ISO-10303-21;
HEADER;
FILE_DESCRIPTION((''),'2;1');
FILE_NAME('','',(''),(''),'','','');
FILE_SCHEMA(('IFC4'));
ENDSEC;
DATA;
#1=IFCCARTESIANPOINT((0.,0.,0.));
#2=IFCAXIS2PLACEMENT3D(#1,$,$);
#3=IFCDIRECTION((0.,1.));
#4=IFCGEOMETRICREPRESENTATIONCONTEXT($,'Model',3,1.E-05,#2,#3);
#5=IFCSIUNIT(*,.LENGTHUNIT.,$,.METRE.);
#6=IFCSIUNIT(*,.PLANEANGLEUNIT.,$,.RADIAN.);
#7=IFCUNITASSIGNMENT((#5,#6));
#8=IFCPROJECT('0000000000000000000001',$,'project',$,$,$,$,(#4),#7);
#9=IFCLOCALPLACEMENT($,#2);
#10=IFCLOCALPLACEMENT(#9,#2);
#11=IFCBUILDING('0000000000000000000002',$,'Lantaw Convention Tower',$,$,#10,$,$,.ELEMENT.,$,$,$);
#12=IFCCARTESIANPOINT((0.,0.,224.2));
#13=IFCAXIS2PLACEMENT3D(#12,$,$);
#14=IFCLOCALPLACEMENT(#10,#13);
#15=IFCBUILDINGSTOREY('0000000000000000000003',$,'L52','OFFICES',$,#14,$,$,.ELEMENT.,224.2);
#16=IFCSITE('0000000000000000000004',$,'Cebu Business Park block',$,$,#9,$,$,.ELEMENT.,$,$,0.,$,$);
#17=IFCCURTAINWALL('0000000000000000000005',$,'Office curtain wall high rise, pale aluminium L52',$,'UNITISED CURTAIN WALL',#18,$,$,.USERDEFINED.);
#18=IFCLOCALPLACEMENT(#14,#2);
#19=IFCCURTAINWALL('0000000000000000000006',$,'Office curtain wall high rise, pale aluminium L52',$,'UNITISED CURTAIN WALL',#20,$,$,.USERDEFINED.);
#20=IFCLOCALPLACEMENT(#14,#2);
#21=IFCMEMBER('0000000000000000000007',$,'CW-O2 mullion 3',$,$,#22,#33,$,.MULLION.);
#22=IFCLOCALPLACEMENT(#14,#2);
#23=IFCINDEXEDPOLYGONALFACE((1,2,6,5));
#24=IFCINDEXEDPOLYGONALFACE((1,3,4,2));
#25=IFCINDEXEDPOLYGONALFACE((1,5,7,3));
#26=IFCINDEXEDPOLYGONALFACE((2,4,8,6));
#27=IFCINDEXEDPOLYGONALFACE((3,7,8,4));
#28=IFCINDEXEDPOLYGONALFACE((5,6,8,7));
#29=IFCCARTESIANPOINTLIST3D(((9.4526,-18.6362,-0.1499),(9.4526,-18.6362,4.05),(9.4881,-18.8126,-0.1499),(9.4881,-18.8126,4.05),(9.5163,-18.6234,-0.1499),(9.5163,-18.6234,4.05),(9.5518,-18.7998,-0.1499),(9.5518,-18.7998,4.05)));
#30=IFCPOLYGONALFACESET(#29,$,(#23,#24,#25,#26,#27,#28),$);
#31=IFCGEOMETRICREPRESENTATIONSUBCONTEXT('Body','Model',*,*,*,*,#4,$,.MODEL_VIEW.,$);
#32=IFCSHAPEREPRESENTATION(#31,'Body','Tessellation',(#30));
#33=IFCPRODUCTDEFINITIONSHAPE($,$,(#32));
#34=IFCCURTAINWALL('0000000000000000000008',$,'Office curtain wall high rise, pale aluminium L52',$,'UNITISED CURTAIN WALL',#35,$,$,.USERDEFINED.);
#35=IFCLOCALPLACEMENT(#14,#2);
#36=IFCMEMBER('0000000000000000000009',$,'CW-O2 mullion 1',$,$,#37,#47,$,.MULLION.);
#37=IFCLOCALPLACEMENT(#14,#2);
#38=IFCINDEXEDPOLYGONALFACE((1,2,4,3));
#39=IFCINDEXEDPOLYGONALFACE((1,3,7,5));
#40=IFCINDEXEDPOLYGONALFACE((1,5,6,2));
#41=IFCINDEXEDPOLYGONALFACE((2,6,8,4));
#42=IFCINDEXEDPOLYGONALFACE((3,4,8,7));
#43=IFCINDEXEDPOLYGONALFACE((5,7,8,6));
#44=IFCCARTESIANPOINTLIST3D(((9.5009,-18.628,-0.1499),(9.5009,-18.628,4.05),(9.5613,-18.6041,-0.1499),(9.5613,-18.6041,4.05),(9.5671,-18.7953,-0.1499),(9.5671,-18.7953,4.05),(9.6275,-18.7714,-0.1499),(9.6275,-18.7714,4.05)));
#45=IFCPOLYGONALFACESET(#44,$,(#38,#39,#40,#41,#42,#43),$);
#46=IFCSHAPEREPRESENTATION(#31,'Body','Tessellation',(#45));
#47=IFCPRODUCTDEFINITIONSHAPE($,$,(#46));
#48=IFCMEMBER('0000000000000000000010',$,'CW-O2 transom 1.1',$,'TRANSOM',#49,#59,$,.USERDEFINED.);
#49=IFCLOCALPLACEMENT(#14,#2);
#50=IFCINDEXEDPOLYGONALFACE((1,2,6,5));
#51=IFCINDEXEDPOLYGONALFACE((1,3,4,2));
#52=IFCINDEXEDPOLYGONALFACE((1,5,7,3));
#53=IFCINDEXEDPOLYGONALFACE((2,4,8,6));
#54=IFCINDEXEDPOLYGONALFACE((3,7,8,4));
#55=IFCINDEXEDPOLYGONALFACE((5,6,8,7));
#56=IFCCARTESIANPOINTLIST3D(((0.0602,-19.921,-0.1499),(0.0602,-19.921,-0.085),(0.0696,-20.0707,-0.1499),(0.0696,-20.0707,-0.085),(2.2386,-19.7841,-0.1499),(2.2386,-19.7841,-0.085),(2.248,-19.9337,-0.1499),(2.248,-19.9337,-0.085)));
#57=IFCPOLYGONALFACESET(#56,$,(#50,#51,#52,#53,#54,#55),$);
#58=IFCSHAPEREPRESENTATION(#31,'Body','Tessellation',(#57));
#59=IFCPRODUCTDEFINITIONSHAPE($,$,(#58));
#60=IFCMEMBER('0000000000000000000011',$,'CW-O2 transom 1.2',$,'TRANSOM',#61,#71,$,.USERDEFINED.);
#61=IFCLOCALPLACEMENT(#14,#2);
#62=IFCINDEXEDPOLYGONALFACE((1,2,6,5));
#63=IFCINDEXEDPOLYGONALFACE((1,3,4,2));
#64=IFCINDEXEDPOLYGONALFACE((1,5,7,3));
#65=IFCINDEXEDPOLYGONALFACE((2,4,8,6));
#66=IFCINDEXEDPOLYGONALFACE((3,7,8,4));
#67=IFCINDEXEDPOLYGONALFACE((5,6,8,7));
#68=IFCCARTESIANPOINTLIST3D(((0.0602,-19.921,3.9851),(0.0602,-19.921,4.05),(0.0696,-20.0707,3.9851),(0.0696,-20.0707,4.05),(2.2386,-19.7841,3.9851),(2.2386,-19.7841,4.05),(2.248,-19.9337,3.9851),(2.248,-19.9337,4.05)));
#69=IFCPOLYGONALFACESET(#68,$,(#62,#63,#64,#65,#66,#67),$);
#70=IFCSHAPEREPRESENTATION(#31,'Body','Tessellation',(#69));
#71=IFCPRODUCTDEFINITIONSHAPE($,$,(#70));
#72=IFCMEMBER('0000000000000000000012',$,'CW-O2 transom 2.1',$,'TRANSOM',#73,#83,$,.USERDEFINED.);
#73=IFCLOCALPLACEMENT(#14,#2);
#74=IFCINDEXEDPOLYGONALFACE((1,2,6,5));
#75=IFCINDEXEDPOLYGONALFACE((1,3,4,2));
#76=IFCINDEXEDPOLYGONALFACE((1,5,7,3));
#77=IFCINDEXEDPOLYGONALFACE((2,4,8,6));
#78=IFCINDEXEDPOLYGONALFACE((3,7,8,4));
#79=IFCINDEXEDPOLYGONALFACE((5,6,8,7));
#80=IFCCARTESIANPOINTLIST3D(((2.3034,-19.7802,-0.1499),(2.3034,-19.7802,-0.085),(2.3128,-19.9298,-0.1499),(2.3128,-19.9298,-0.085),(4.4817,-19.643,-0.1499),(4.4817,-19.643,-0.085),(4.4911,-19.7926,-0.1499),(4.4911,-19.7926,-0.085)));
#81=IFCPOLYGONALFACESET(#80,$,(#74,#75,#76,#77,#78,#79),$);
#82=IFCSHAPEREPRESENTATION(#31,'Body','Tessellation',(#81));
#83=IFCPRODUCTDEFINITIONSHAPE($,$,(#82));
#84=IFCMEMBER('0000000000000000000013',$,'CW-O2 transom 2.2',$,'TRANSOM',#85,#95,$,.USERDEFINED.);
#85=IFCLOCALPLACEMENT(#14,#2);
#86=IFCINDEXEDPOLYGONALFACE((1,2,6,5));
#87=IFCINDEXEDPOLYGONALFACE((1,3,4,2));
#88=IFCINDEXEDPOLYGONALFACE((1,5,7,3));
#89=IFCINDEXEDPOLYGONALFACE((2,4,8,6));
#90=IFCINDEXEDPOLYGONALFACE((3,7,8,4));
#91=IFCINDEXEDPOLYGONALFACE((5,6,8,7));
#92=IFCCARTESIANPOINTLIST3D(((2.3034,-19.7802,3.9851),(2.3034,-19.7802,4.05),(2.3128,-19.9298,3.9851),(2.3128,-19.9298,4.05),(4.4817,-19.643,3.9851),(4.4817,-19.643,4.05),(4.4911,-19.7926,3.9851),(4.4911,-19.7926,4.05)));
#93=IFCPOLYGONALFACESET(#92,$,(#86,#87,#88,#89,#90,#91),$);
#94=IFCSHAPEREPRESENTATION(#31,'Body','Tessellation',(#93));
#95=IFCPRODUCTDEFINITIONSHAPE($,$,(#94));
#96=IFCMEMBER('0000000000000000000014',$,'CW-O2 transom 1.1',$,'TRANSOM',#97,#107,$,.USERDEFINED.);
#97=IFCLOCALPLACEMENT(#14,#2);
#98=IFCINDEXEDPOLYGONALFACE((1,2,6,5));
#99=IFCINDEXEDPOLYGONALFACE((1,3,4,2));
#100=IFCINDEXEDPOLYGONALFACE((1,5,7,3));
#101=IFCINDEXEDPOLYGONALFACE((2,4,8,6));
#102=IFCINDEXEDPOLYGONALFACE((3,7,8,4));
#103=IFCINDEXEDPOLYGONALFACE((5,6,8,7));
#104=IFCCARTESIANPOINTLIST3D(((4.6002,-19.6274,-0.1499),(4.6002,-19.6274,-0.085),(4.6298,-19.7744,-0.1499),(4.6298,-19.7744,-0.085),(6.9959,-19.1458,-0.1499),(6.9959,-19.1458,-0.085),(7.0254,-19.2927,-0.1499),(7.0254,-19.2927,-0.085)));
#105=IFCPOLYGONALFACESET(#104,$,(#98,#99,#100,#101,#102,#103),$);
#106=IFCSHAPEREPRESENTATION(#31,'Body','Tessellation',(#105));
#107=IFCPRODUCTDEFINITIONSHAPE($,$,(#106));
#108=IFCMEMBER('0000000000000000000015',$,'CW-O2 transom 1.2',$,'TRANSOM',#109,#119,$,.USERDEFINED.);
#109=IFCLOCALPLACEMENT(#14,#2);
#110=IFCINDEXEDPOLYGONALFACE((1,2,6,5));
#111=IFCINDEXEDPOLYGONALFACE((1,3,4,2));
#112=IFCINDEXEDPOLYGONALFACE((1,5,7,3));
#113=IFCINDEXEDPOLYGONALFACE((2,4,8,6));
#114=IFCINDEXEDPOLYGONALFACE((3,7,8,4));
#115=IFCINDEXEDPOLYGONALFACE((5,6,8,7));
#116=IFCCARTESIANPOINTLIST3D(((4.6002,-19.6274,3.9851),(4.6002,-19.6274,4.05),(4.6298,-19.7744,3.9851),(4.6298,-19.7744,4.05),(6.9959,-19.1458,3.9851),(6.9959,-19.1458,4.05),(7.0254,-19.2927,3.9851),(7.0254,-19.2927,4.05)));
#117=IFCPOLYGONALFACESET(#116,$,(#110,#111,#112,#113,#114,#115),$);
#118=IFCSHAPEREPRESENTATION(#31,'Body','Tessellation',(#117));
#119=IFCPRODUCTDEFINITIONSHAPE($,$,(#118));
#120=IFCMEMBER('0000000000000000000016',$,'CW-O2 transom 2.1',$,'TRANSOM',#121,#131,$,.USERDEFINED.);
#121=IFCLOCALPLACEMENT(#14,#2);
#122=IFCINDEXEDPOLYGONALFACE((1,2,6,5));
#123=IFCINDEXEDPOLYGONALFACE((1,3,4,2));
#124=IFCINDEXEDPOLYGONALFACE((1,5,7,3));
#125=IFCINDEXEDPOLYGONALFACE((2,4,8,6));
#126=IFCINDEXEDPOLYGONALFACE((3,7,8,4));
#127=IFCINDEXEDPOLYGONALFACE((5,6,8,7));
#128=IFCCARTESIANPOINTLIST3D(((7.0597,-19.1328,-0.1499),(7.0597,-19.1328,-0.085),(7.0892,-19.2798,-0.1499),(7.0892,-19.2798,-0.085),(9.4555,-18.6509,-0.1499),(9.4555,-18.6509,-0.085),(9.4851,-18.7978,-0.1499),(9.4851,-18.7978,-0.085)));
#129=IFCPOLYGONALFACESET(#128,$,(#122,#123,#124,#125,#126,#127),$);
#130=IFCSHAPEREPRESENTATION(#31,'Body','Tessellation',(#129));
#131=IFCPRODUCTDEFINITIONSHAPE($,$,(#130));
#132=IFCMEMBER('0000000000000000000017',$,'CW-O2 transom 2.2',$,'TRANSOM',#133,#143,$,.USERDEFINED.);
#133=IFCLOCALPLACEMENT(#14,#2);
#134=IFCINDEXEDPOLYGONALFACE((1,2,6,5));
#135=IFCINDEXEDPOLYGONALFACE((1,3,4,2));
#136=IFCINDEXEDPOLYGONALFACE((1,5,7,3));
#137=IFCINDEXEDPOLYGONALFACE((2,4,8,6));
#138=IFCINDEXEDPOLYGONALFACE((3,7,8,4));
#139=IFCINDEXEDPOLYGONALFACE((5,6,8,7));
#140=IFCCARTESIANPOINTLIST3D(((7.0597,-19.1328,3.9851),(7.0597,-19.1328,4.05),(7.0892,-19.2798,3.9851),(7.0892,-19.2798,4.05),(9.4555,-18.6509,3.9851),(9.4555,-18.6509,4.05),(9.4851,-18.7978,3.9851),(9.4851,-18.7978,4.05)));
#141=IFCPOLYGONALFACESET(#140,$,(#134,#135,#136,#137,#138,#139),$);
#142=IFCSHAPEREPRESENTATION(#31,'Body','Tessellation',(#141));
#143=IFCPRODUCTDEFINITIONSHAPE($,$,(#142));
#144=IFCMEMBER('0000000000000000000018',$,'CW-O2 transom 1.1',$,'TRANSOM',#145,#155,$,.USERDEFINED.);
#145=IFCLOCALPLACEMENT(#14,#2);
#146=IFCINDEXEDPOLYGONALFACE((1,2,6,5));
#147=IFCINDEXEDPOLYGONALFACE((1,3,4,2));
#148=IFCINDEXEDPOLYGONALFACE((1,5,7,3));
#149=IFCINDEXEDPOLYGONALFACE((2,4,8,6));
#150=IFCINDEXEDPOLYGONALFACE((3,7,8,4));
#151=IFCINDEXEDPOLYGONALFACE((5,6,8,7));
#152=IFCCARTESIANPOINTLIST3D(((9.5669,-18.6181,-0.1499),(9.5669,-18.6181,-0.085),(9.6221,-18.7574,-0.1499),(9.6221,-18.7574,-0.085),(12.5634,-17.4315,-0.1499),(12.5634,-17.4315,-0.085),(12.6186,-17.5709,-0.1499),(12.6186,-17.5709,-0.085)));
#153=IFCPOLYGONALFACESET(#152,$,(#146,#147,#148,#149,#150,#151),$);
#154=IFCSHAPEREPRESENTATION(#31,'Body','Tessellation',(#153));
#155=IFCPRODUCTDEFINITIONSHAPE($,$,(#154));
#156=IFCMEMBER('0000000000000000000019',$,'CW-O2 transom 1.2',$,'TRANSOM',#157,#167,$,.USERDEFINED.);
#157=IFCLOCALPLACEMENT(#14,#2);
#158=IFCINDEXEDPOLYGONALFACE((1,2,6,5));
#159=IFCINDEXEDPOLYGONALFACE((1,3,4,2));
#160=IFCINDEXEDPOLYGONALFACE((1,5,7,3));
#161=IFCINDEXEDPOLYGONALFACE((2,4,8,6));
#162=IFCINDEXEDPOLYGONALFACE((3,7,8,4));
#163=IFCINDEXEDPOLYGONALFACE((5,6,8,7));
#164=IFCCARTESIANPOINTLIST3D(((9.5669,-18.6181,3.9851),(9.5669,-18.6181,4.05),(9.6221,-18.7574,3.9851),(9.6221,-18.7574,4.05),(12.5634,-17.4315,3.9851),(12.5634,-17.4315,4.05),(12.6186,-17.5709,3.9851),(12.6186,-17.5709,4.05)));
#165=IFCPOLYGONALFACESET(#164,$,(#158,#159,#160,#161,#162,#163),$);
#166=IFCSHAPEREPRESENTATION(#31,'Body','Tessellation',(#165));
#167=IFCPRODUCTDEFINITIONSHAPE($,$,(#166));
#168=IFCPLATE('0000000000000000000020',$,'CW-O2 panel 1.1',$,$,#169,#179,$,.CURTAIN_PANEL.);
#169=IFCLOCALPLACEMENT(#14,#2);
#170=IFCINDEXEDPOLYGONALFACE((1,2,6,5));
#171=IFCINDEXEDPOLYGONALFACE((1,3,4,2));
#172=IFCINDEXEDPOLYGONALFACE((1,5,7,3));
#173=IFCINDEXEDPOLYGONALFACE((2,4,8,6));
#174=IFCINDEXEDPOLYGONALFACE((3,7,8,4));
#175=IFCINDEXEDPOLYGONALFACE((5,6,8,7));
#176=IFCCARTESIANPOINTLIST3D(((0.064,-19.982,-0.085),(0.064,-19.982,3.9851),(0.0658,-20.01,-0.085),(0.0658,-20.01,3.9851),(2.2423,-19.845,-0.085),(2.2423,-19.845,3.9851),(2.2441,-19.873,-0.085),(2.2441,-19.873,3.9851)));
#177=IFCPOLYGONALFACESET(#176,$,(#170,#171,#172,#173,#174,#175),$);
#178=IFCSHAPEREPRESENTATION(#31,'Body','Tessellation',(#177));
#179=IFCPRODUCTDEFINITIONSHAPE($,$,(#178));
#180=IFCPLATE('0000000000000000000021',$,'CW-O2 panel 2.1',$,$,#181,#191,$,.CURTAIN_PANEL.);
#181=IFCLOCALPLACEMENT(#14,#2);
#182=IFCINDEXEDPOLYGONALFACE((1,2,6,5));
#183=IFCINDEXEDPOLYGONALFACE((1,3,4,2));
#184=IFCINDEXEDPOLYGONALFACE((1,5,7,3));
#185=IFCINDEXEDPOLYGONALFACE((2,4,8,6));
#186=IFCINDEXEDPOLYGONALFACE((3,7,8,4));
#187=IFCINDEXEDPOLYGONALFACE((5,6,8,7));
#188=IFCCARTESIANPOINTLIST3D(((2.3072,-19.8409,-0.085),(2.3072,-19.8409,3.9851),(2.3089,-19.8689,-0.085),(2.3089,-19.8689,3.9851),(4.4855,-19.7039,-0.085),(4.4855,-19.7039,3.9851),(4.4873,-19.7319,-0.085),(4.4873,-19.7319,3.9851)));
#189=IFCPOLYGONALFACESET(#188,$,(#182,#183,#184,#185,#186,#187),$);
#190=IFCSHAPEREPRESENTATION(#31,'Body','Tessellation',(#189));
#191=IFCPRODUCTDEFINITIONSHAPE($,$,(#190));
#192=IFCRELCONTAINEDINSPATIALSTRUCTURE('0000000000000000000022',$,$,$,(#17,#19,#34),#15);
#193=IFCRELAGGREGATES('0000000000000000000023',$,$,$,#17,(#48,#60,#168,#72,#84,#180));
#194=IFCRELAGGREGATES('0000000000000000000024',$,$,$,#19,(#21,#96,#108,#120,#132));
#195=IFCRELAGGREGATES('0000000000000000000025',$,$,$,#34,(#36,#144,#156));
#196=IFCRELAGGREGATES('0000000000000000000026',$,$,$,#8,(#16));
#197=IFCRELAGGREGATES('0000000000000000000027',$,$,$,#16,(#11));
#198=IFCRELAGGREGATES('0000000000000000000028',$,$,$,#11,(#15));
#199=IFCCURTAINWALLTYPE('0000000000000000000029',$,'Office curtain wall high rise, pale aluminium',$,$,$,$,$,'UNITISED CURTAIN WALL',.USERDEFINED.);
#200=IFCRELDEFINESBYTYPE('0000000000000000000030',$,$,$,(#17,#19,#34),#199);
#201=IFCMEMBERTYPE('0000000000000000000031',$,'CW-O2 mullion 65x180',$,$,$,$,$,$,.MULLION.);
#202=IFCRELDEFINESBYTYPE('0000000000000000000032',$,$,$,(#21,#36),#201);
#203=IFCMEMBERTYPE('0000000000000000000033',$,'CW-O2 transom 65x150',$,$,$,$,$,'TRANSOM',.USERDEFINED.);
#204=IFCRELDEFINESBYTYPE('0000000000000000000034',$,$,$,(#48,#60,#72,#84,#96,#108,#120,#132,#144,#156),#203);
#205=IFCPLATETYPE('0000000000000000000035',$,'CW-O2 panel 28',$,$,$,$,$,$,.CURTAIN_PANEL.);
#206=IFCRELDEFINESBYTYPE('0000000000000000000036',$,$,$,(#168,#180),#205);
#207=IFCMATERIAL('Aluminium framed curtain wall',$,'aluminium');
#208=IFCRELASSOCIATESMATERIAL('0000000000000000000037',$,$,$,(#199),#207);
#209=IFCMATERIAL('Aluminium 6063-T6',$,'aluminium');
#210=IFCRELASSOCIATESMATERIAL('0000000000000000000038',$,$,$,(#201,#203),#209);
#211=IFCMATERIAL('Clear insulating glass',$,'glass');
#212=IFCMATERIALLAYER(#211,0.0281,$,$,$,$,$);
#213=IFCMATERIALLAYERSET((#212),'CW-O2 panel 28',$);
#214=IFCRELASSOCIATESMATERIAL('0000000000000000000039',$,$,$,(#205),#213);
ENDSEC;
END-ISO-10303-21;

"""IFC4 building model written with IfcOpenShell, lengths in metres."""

from ifc_helpers import new_model, si_unit, direction, frame, origin, origin_2d, place, context, subcontext, project, spatial, rectangle, extrude, material, layer, layer_set, material_profile, profile_set, type_object, element, aggregate, save


model = new_model("IFC4")

# Units and contexts
model_context = context("Model", 3, precision=1e-05, world=origin(), true_north=direction((0.0, 1.0)))
body_context = subcontext(model_context, "Body", "Model", "MODEL_VIEW")
ifc_project = project(units=[si_unit("LENGTHUNIT", "METRE"), si_unit("PLANEANGLEUNIT", "RADIAN")], contexts=[model_context])

# Site, building, storey
site_placement = place(None, origin())
site = spatial("IfcSite", under=ifc_project, at=site_placement, Name="Cebu Business Park block", CompositionType="ELEMENT", RefElevation=0.0)
building_placement = place(site_placement, origin())
building = spatial("IfcBuilding", under=site, at=building_placement, Name="Lantaw Convention Tower", CompositionType="ELEMENT")
storey_placement = place(building_placement, frame((0.0, 0.0, 224.2)))
storey = spatial("IfcBuildingStorey", under=building, at=storey_placement, Name="L52", Description="OFFICES", CompositionType="ELEMENT", Elevation=224.2)

# Curtain walls, member
ifc_material_1 = material(Name="Aluminium framed curtain wall", Category="aluminium")
curtain_wall_type = type_object("IfcCurtainWallType", Name="Office curtain wall high rise, pale aluminium", ElementType="UNITISED CURTAIN WALL", PredefinedType="USERDEFINED", material=ifc_material_1)
curtain_wall_1_placement = place(storey_placement, origin())
curtain_wall_1 = element("IfcCurtainWall", 1, at=curtain_wall_1_placement, inside=storey, type_object=curtain_wall_type, Name="Office curtain wall high rise, pale aluminium L52", ObjectType="UNITISED CURTAIN WALL", PredefinedType="USERDEFINED")
ifc_material_2 = material(Name="Aluminium 6063-T6", Category="aluminium")
ifc_material_profile_1 = material_profile(ifc_material_2, rectangle(XDim=0.1799, YDim=0.0649, at=origin_2d()), Name="CW-O2 mullion 65x180")
ifc_profile_set_1 = profile_set([ifc_material_profile_1], Name="Aluminium 6063-T6")
member_type_1 = type_object("IfcMemberType", Name="CW-O2 mullion 65x180", PredefinedType="MULLION", material=ifc_profile_set_1)
curtain_wall_2_placement = place(storey_placement, origin())
curtain_wall_2 = element("IfcCurtainWall", 2, at=curtain_wall_2_placement, inside=storey, type_object=curtain_wall_type, Name="Office curtain wall high rise, pale aluminium L52", ObjectType="UNITISED CURTAIN WALL", PredefinedType="USERDEFINED")
member_1_placement = place(storey_placement, frame((9.5022, -18.718, -0.1499), z_axis=(0.0, 0.0, 1.0), x_axis=(-0.197183, 0.980367, 0.0)))
member_1 = element("IfcMember", 3, at=member_1_placement, type_object=member_type_1, Name="CW-O2 mullion 3", PredefinedType="MULLION", context=body_context, shape_type="SweptSolid", body=[
    extrude(rectangle(XDim=0.1799, YDim=0.0649, at=origin_2d()), origin(), (0.0, 0.0, 1.0), 4.2),
])

# Curtain wall, member
curtain_wall_3_placement = place(storey_placement, origin())
curtain_wall_3 = element("IfcCurtainWall", 4, at=curtain_wall_3_placement, inside=storey, type_object=curtain_wall_type, Name="Office curtain wall high rise, pale aluminium L52", ObjectType="UNITISED CURTAIN WALL", PredefinedType="USERDEFINED")
member_2_placement = place(storey_placement, frame((9.5642, -18.6997, -0.1499), z_axis=(0.0, 0.0, 1.0), x_axis=(-0.368162, 0.929762, 0.0)))
member_2 = element("IfcMember", 5, at=member_2_placement, type_object=member_type_1, Name="CW-O2 mullion 1", PredefinedType="MULLION", context=body_context, shape_type="SweptSolid", body=[
    extrude(rectangle(XDim=0.1799, YDim=0.0649, at=origin_2d()), origin(), (0.0, 0.0, 1.0), 4.2),
])

# Members
ifc_material_profile_2 = material_profile(ifc_material_2, rectangle(XDim=0.1499, YDim=0.0649, at=origin_2d()), Name="CW-O2 transom 65x150")
ifc_profile_set_2 = profile_set([ifc_material_profile_2], Name="Aluminium 6063-T6")
member_type_2 = type_object("IfcMemberType", Name="CW-O2 transom 65x150", ElementType="TRANSOM", PredefinedType="USERDEFINED", material=ifc_profile_set_2)
member_3_placement = place(storey_placement, frame((0.0649, -19.9958, -0.1174), z_axis=(0.998029, 0.062754, 0.0), x_axis=(-0.062754, 0.998029, 0.0)))
member_3 = element("IfcMember", 6, at=member_3_placement, type_object=member_type_2, Name="CW-O2 transom 1.1", ObjectType="TRANSOM", PredefinedType="USERDEFINED", context=body_context, shape_type="SweptSolid", body=[
    extrude(rectangle(XDim=0.1499, YDim=0.0649, at=origin_2d()), origin(), (0.0, 0.0, 1.0), 2.1826),
])
member_4_placement = place(storey_placement, frame((0.0649, -19.9958, 4.0176), z_axis=(0.998029, 0.062754, 0.0), x_axis=(-0.062754, 0.998029, 0.0)))
member_4 = element("IfcMember", 7, at=member_4_placement, type_object=member_type_2, Name="CW-O2 transom 1.2", ObjectType="TRANSOM", PredefinedType="USERDEFINED", context=body_context, shape_type="SweptSolid", body=[
    extrude(rectangle(XDim=0.1499, YDim=0.0649, at=origin_2d()), origin(), (0.0, 0.0, 1.0), 2.1826),
])
member_5_placement = place(storey_placement, frame((2.3081, -19.855, -0.1174), z_axis=(0.998022, 0.062866, 0.0), x_axis=(-0.062866, 0.998022, 0.0)))
member_5 = element("IfcMember", 8, at=member_5_placement, type_object=member_type_2, Name="CW-O2 transom 2.1", ObjectType="TRANSOM", PredefinedType="USERDEFINED", context=body_context, shape_type="SweptSolid", body=[
    extrude(rectangle(XDim=0.1499, YDim=0.0649, at=origin_2d()), origin(), (0.0, 0.0, 1.0), 2.1826),
])
member_6_placement = place(storey_placement, frame((2.3081, -19.855, 4.0176), z_axis=(0.998022, 0.062866, 0.0), x_axis=(-0.062866, 0.998022, 0.0)))
member_6 = element("IfcMember", 9, at=member_6_placement, type_object=member_type_2, Name="CW-O2 transom 2.2", ObjectType="TRANSOM", PredefinedType="USERDEFINED", context=body_context, shape_type="SweptSolid", body=[
    extrude(rectangle(XDim=0.1499, YDim=0.0649, at=origin_2d()), origin(), (0.0, 0.0, 1.0), 2.1826),
])
member_7_placement = place(storey_placement, frame((4.615, -19.7009, -0.1174), z_axis=(0.98038, 0.197115, 0.0), x_axis=(-0.197115, 0.98038, 0.0)))
member_7 = element("IfcMember", 10, at=member_7_placement, type_object=member_type_2, Name="CW-O2 transom 1.1", ObjectType="TRANSOM", PredefinedType="USERDEFINED", context=body_context, shape_type="SweptSolid", body=[
    extrude(rectangle(XDim=0.1499, YDim=0.0649, at=origin_2d()), origin(), (0.0, 0.0, 1.0), 2.4436),
])
member_8_placement = place(storey_placement, frame((4.615, -19.7009, 4.0176), z_axis=(0.98038, 0.197115, 0.0), x_axis=(-0.197115, 0.98038, 0.0)))
member_8 = element("IfcMember", 11, at=member_8_placement, type_object=member_type_2, Name="CW-O2 transom 1.2", ObjectType="TRANSOM", PredefinedType="USERDEFINED", context=body_context, shape_type="SweptSolid", body=[
    extrude(rectangle(XDim=0.1499, YDim=0.0649, at=origin_2d()), origin(), (0.0, 0.0, 1.0), 2.4436),
])
member_9_placement = place(storey_placement, frame((7.0745, -19.2063, -0.1174), z_axis=(0.980361, 0.197211, 0.0), x_axis=(-0.197211, 0.980361, 0.0)))
member_9 = element("IfcMember", 12, at=member_9_placement, type_object=member_type_2, Name="CW-O2 transom 2.1", ObjectType="TRANSOM", PredefinedType="USERDEFINED", context=body_context, shape_type="SweptSolid", body=[
    extrude(rectangle(XDim=0.1499, YDim=0.0649, at=origin_2d()), origin(), (0.0, 0.0, 1.0), 2.4438),
])
member_10_placement = place(storey_placement, frame((7.0745, -19.2063, 4.0176), z_axis=(0.980361, 0.197211, 0.0), x_axis=(-0.197211, 0.980361, 0.0)))
member_10 = element("IfcMember", 13, at=member_10_placement, type_object=member_type_2, Name="CW-O2 transom 2.2", ObjectType="TRANSOM", PredefinedType="USERDEFINED", context=body_context, shape_type="SweptSolid", body=[
    extrude(rectangle(XDim=0.1499, YDim=0.0649, at=origin_2d()), origin(), (0.0, 0.0, 1.0), 2.4438),
])
member_11_placement = place(storey_placement, frame((9.5945, -18.6877, -0.1174), z_axis=(0.929767, 0.368149, 0.0), x_axis=(-0.368149, 0.929767, 0.0)))
member_11 = element("IfcMember", 14, at=member_11_placement, type_object=member_type_2, Name="CW-O2 transom 1.1", ObjectType="TRANSOM", PredefinedType="USERDEFINED", context=body_context, shape_type="SweptSolid", body=[
    extrude(rectangle(XDim=0.1499, YDim=0.0649, at=origin_2d()), origin(), (0.0, 0.0, 1.0), 3.2229),
])
member_12_placement = place(storey_placement, frame((9.5945, -18.6877, 4.0176), z_axis=(0.929767, 0.368149, 0.0), x_axis=(-0.368149, 0.929767, 0.0)))
member_12 = element("IfcMember", 15, at=member_12_placement, type_object=member_type_2, Name="CW-O2 transom 1.2", ObjectType="TRANSOM", PredefinedType="USERDEFINED", context=body_context, shape_type="SweptSolid", body=[
    extrude(rectangle(XDim=0.1499, YDim=0.0649, at=origin_2d()), origin(), (0.0, 0.0, 1.0), 3.2229),
])

# Plates
ifc_material_3 = material(Name="Clear insulating glass", Category="glass")
ifc_layer_1 = layer(ifc_material_3, 0.0281)
ifc_layer_set_1 = layer_set([ifc_layer_1], Name="CW-O2 panel 28")
plate_type_1 = type_object("IfcPlateType", Name="CW-O2 panel 28", PredefinedType="CURTAIN_PANEL", material=ifc_layer_set_1)
plate_1_placement = place(storey_placement, frame((1.1541, -19.9275, -0.085), z_axis=(0.0, 0.0, 1.0), x_axis=(0.998029, 0.062758, 0.0)))
plate_1 = element("IfcPlate", 16, at=plate_1_placement, type_object=plate_type_1, Name="CW-O2 panel 1.1", PredefinedType="CURTAIN_PANEL", context=body_context, shape_type="SweptSolid", body=[
    extrude(rectangle(XDim=2.1826, YDim=0.0281, at=origin_2d()), origin(), (0.0, 0.0, 1.0), 4.0701),
])
plate_2_placement = place(storey_placement, frame((3.3972, -19.7864, -0.085), z_axis=(0.0, 0.0, 1.0), x_axis=(0.998029, 0.062758, 0.0)))
plate_2 = element("IfcPlate", 17, at=plate_2_placement, type_object=plate_type_1, Name="CW-O2 panel 2.1", PredefinedType="CURTAIN_PANEL", context=body_context, shape_type="SweptSolid", body=[
    extrude(rectangle(XDim=2.1826, YDim=0.0281, at=origin_2d()), origin(), (0.0, 0.0, 1.0), 4.0701),
])
aggregate(curtain_wall_1, [member_3, member_4, plate_1, member_5, member_6, plate_2])
aggregate(curtain_wall_2, [member_1, member_7, member_8, member_9, member_10])
aggregate(curtain_wall_3, [member_2, member_11, member_12])

save(model, "model.ifc")
